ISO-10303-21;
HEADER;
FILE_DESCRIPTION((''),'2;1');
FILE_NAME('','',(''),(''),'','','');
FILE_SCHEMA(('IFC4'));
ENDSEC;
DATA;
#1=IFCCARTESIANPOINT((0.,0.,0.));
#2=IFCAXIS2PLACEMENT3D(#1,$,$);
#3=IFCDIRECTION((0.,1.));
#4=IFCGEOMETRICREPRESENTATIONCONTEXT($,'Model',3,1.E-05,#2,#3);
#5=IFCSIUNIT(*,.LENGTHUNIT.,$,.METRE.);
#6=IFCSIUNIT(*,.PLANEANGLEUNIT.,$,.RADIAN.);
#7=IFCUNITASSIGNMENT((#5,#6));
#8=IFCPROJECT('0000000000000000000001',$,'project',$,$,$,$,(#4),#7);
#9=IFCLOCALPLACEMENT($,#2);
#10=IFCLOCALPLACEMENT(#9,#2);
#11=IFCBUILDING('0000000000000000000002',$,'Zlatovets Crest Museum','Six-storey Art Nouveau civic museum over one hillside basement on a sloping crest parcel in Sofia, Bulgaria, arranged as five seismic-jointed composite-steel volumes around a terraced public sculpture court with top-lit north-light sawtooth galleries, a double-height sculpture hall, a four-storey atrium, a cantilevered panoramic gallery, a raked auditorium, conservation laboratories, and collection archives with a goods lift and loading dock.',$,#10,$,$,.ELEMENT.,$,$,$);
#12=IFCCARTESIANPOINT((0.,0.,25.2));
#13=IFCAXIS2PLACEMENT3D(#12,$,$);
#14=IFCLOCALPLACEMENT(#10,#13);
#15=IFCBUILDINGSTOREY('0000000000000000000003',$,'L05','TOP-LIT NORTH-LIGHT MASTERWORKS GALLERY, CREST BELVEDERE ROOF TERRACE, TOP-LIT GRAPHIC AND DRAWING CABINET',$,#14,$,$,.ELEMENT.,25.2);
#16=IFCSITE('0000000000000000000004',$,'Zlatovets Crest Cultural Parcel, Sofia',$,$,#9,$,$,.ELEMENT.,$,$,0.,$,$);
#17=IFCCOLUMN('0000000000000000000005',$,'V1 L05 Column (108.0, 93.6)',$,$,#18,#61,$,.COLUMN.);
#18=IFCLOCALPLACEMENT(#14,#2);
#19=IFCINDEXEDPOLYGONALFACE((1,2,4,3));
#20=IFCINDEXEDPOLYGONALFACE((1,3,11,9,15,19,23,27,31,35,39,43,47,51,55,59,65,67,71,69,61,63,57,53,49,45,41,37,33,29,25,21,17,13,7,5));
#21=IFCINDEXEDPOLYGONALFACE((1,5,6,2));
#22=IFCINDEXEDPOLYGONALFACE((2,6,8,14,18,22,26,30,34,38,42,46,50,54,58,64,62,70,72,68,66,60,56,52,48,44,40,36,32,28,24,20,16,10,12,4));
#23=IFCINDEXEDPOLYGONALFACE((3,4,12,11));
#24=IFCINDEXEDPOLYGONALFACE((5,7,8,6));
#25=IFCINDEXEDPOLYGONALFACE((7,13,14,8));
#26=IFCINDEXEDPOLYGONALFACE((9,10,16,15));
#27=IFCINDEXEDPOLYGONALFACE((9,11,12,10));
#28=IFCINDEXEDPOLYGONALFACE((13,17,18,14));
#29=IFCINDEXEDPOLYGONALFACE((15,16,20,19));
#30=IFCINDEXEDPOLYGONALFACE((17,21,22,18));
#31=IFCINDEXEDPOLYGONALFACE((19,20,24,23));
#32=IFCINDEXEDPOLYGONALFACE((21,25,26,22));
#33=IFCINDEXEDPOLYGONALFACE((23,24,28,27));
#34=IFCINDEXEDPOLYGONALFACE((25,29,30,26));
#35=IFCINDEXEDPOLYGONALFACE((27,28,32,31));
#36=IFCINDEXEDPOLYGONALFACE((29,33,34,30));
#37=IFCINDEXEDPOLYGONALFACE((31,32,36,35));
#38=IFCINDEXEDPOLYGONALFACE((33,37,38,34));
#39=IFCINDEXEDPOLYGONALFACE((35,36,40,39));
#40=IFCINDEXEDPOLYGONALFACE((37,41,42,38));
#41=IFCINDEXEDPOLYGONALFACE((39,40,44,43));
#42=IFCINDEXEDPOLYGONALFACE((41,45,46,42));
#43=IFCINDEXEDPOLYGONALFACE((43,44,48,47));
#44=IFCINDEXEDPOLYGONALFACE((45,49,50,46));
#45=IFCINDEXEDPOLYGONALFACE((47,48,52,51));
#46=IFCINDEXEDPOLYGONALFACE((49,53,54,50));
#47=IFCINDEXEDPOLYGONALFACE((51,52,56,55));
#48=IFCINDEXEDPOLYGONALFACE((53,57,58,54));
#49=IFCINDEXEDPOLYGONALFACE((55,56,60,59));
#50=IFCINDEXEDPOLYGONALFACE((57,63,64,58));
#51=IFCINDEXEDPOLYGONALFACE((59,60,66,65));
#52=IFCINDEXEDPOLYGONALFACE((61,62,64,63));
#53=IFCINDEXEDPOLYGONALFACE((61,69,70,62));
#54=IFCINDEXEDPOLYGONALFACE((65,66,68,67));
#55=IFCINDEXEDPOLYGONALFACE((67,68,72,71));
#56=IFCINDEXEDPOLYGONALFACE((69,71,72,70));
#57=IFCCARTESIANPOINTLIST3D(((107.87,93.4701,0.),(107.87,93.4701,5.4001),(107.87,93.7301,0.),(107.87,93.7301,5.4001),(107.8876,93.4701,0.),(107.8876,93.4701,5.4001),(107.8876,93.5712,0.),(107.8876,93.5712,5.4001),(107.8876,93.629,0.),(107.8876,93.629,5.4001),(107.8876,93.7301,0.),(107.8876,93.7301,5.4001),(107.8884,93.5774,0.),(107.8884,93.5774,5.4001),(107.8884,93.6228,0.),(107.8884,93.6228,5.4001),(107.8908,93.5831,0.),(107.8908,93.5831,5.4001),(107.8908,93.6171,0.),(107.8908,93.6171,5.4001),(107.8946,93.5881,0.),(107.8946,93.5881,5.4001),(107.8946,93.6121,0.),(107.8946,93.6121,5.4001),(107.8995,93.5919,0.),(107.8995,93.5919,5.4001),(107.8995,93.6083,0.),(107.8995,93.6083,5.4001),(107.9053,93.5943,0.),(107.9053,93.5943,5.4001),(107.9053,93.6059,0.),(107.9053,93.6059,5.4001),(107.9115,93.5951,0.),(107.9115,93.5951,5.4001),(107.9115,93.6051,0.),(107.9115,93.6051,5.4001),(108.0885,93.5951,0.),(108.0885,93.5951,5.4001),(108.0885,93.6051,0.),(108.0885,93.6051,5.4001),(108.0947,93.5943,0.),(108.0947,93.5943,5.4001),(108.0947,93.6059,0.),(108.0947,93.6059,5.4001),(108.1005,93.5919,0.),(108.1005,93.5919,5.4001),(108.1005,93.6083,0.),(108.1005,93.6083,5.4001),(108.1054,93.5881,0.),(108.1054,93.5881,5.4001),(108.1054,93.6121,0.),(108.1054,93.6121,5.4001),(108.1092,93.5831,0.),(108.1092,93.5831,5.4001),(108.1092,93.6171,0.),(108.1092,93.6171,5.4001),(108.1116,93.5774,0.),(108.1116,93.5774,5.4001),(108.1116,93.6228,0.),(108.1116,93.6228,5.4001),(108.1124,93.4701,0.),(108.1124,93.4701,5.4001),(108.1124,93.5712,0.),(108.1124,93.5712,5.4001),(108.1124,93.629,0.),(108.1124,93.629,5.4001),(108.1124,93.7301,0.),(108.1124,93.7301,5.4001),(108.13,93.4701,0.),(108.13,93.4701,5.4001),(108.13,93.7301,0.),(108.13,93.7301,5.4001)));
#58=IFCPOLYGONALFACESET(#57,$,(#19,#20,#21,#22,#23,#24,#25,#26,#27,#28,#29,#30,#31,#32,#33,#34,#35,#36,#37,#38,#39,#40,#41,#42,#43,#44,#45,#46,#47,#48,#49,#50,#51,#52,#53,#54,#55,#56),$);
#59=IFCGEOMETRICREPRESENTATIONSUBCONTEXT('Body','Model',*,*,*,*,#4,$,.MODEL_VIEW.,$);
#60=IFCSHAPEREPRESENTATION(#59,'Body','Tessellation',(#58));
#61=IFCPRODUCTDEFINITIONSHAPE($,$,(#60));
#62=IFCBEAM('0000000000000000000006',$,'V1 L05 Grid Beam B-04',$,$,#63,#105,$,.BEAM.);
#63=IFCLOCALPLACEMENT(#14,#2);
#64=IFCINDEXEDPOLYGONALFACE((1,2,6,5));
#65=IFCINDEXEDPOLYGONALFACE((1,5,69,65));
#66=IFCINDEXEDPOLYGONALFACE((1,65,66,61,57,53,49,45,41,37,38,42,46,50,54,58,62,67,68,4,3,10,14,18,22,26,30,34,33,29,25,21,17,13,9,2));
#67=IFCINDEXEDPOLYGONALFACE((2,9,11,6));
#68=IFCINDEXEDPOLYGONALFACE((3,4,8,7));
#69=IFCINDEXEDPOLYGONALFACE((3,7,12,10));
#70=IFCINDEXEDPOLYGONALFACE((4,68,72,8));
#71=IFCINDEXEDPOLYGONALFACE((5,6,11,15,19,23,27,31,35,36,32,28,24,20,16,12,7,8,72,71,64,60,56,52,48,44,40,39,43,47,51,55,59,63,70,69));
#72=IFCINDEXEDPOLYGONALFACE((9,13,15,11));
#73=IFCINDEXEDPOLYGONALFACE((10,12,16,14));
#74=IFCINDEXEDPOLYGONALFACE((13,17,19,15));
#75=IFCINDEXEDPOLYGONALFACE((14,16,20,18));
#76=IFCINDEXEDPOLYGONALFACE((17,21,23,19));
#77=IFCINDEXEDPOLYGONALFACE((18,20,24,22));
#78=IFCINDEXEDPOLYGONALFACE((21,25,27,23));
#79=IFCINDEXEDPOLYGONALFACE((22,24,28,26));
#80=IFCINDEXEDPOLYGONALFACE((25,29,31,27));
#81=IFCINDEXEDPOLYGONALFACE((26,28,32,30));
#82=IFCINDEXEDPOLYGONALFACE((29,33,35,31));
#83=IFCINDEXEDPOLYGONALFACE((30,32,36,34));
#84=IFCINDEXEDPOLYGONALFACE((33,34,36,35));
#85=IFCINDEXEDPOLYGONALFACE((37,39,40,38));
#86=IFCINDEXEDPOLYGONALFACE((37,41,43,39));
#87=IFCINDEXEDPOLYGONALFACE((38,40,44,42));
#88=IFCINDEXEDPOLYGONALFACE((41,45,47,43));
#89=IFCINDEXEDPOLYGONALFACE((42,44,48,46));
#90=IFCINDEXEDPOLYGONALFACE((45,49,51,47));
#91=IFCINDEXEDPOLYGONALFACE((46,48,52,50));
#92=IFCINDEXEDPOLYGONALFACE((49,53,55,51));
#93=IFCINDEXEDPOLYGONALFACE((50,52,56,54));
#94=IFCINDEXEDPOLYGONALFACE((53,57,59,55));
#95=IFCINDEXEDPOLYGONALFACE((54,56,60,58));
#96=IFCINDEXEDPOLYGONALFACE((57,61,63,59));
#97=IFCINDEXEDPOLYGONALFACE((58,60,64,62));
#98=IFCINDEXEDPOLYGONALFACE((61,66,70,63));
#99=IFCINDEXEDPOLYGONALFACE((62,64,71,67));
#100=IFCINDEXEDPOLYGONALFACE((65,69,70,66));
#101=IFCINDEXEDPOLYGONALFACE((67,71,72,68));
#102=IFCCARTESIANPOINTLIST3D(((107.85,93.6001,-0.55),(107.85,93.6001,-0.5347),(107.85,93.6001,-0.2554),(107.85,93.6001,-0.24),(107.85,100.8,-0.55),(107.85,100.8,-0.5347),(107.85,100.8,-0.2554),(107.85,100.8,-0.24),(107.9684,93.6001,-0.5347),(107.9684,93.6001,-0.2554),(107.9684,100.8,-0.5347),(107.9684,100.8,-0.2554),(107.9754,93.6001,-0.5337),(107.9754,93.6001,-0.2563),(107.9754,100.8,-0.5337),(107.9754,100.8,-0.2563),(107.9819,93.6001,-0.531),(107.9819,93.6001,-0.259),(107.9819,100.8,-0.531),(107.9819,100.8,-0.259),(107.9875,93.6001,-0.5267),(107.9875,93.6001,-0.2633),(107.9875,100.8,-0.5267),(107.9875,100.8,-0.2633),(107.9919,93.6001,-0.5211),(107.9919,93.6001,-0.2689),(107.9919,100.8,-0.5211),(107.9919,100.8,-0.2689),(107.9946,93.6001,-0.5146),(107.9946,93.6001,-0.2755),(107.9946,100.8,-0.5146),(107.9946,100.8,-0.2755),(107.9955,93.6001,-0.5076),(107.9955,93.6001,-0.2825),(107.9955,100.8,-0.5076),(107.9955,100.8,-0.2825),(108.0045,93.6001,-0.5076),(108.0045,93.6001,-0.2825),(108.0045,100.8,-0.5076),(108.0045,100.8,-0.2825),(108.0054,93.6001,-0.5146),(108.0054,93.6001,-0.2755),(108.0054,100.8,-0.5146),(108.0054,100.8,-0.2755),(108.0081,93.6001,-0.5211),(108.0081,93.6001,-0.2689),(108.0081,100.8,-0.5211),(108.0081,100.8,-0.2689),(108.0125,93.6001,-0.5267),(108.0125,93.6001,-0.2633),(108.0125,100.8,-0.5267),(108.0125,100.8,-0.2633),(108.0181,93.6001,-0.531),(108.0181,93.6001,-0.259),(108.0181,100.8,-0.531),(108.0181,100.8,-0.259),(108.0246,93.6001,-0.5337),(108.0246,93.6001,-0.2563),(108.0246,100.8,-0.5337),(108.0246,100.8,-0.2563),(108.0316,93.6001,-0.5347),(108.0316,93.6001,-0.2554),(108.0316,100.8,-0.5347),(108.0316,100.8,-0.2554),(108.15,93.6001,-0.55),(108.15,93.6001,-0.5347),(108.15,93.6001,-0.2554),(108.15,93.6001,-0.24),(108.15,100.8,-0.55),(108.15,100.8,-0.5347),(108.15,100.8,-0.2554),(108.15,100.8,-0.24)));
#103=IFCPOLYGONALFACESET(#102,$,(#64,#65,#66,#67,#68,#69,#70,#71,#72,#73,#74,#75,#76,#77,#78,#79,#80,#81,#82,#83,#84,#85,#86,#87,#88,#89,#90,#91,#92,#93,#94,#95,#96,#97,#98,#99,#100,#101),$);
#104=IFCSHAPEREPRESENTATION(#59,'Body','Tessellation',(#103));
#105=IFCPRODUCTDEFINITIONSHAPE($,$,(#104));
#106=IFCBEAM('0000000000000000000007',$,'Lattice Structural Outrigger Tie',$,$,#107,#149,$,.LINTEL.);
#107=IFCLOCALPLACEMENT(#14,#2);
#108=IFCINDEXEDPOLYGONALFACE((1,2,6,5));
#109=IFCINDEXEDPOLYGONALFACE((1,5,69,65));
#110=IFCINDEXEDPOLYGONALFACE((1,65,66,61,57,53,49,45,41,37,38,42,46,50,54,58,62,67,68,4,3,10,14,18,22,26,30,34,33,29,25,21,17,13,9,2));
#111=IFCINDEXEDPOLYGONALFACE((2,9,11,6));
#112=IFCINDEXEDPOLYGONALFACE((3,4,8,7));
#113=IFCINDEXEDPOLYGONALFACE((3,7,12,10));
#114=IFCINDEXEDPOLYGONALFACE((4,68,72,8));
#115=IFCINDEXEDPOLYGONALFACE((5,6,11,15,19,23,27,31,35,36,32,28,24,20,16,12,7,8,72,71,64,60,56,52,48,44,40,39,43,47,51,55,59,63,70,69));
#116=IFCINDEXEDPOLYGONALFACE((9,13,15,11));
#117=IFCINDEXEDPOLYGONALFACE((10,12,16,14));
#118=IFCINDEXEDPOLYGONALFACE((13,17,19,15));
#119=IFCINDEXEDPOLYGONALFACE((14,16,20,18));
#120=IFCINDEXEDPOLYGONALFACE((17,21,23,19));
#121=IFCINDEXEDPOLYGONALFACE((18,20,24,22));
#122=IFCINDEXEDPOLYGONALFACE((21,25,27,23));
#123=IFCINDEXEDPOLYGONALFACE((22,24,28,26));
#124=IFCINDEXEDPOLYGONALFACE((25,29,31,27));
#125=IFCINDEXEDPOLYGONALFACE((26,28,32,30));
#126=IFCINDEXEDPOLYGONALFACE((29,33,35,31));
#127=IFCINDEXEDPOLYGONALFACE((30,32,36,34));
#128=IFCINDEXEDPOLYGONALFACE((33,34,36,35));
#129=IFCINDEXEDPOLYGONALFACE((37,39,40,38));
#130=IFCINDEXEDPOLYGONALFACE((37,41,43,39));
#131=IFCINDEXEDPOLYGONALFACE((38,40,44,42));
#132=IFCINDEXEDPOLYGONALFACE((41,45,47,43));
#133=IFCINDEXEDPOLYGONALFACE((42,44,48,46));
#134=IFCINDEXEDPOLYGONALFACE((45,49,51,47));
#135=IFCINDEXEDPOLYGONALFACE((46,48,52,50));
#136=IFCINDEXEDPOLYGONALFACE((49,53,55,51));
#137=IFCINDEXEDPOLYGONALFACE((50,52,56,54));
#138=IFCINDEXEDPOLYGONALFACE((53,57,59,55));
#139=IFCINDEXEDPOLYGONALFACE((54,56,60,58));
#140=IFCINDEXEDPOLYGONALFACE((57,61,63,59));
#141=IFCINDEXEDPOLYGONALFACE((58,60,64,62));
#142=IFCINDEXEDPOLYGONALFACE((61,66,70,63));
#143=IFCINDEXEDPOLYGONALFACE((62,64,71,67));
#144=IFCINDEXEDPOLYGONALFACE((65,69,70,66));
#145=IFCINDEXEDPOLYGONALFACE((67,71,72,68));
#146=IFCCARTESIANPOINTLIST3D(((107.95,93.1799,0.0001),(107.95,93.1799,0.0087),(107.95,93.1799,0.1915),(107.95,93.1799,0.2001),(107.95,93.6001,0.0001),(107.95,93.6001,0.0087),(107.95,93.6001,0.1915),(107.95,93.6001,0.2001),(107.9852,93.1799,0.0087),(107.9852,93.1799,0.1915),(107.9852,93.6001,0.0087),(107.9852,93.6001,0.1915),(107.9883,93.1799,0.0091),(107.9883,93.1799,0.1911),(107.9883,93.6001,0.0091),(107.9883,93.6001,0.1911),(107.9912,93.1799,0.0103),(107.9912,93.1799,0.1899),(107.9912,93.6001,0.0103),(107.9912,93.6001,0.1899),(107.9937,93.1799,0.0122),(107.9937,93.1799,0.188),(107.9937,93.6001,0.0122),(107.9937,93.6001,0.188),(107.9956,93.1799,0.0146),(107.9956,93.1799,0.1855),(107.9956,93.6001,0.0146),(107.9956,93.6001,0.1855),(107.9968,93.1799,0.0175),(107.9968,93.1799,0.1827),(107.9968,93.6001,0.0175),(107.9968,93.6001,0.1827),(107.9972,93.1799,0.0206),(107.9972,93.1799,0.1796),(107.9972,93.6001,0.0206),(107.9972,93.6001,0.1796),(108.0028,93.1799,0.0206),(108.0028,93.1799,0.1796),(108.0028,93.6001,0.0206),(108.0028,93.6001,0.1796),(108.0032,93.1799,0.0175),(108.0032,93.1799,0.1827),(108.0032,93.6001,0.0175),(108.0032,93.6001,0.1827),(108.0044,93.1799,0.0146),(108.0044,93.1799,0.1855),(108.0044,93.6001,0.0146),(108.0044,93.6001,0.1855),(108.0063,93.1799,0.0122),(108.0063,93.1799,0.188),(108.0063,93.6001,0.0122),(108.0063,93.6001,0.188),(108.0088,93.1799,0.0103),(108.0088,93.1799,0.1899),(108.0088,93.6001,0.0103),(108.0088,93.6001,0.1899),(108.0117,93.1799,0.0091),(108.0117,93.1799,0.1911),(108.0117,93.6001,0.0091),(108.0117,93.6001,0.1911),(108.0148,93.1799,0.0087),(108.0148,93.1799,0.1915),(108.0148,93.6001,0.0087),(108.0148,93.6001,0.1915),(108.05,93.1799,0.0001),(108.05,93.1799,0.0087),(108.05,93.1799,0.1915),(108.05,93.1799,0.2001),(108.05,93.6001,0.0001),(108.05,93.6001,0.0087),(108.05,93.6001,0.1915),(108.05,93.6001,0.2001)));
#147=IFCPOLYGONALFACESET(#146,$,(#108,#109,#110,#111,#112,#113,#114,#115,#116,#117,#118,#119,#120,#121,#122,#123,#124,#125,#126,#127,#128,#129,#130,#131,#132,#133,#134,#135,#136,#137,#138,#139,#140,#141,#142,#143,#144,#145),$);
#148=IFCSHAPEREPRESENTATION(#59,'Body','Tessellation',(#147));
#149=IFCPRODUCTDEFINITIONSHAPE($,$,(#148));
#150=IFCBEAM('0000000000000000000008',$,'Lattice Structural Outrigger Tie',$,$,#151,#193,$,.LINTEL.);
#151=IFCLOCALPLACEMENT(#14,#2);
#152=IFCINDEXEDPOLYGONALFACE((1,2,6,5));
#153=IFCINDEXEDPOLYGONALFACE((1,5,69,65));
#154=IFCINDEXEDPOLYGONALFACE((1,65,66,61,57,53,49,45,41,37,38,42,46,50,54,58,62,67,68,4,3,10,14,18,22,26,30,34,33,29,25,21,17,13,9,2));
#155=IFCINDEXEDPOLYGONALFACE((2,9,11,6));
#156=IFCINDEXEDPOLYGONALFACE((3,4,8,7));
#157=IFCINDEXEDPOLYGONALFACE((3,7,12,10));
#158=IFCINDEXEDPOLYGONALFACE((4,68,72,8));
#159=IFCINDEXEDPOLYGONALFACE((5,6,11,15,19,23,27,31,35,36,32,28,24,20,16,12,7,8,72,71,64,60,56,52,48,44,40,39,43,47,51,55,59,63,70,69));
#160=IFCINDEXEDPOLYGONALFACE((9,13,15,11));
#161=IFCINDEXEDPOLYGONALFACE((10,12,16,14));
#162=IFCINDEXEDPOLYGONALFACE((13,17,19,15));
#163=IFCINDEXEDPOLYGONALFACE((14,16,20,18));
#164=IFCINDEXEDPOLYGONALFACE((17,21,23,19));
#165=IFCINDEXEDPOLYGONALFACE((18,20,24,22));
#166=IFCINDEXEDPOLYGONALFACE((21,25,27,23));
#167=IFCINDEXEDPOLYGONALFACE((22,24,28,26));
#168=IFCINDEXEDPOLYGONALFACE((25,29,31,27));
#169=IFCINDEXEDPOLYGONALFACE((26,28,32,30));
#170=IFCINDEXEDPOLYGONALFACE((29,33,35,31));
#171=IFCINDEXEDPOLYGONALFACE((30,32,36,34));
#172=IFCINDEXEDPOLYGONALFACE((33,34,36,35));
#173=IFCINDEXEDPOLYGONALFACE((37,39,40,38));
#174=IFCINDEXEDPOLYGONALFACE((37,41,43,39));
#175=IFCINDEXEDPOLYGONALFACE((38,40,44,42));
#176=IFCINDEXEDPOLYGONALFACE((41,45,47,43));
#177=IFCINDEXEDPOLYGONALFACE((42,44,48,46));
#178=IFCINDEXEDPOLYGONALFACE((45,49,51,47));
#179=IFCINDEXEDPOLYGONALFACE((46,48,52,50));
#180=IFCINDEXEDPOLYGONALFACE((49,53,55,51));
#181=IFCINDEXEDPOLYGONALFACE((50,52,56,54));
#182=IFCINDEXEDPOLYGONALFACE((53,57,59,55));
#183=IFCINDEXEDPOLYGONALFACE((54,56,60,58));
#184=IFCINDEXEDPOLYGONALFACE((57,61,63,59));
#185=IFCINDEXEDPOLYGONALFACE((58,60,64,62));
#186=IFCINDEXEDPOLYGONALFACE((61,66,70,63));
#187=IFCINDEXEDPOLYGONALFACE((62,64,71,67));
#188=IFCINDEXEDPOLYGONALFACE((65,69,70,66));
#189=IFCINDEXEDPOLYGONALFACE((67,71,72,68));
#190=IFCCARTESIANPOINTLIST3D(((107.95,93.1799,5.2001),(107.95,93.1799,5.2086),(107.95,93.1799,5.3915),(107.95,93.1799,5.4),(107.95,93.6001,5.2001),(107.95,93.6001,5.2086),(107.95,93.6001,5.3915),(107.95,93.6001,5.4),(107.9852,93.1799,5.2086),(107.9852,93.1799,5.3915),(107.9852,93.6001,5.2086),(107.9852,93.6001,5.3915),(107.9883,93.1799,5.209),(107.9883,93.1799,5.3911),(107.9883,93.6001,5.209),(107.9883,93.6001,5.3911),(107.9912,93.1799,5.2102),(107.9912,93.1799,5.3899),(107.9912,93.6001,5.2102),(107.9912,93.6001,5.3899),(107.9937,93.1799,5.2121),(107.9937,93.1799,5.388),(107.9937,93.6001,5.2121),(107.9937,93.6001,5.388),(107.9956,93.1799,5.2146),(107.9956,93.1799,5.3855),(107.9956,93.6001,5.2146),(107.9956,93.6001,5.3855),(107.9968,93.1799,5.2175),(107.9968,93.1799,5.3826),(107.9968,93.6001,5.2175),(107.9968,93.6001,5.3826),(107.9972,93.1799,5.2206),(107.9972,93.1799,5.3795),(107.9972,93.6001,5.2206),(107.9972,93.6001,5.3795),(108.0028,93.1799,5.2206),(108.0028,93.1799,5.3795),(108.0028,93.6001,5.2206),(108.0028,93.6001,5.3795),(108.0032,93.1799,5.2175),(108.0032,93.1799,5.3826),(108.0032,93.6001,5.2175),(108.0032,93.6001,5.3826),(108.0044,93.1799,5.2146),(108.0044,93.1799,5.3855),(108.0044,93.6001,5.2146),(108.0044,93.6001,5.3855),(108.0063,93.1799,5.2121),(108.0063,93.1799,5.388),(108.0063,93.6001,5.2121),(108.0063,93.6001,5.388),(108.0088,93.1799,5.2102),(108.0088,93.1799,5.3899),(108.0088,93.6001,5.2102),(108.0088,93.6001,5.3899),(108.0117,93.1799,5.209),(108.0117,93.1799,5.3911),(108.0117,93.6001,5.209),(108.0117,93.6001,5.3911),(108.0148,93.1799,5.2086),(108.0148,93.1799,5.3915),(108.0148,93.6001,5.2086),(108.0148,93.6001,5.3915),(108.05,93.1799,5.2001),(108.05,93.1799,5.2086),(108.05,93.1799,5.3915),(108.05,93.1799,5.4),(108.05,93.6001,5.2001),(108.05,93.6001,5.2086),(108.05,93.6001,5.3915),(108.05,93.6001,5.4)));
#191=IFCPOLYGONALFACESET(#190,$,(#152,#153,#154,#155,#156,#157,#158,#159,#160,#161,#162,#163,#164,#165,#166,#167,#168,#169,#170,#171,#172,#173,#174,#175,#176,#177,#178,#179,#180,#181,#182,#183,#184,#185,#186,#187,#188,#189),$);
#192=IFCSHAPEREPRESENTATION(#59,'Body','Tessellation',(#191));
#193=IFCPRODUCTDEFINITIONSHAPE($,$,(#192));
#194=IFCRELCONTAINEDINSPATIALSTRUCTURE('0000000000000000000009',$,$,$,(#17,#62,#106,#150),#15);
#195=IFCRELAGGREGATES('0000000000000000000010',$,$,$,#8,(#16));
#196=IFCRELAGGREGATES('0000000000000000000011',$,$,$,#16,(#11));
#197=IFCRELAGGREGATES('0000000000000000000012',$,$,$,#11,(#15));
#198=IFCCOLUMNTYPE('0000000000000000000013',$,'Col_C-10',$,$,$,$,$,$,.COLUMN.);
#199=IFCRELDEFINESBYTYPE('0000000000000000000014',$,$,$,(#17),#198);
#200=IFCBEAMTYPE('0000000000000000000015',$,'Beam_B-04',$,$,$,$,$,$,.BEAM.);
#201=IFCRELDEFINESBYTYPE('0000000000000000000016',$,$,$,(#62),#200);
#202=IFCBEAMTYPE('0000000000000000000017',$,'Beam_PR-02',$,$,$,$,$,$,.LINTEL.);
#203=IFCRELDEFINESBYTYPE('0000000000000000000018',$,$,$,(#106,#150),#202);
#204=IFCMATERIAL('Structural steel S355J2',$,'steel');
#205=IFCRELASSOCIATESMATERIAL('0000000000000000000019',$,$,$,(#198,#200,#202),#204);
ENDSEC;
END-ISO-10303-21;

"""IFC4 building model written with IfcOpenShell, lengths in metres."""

from ifc_helpers import new_model, si_unit, direction, frame, origin, origin_2d, place, context, subcontext, project, spatial, i_section, extrude, material, material_profile, profile_set, type_object, element, save


model = new_model("IFC4")

# Units and contexts
model_context = context("Model", 3, precision=1e-05, world=origin(), true_north=direction((0.0, 1.0)))
body_context = subcontext(model_context, "Body", "Model", "MODEL_VIEW")
ifc_project = project(units=[si_unit("LENGTHUNIT", "METRE"), si_unit("PLANEANGLEUNIT", "RADIAN")], contexts=[model_context])

# Site, building, storey
site_placement = place(None, origin())
site = spatial("IfcSite", under=ifc_project, at=site_placement, Name="Zlatovets Crest Cultural Parcel, Sofia", CompositionType="ELEMENT", RefElevation=0.0)
building_placement = place(site_placement, origin())
building = spatial("IfcBuilding", under=site, at=building_placement, Name="Zlatovets Crest Museum", Description="Six-storey Art Nouveau civic museum over one hillside basement on a sloping crest parcel in Sofia, Bulgaria, arranged as five seismic-jointed composite-steel volumes around a terraced public sculpture court with top-lit north-light sawtooth galleries, a double-height sculpture hall, a four-storey atrium, a cantilevered panoramic gallery, a raked auditorium, conservation laboratories, and collection archives with a goods lift and loading dock.", CompositionType="ELEMENT")
storey_placement = place(building_placement, frame((0.0, 0.0, 25.2)))
storey = spatial("IfcBuildingStorey", under=building, at=storey_placement, Name="L05", Description="TOP-LIT NORTH-LIGHT MASTERWORKS GALLERY, CREST BELVEDERE ROOF TERRACE, TOP-LIT GRAPHIC AND DRAWING CABINET", CompositionType="ELEMENT", Elevation=25.2)

# Column
ifc_material_1 = material(Name="Structural steel S355J2", Category="steel")
ifc_material_profile_1 = material_profile(ifc_material_1, i_section(OverallWidth=0.26, OverallDepth=0.26, WebThickness=0.01, FlangeThickness=0.0176, FilletRadius=0.0239, at=origin_2d()), Name="HEB 260")
ifc_profile_set_1 = profile_set([ifc_material_profile_1], Name="Structural steel S355J2")
column_type = type_object("IfcColumnType", Name="Col_C-10", PredefinedType="COLUMN", material=ifc_profile_set_1)
column_placement = place(storey_placement, frame((108.0, 93.6001, 0.0), z_axis=(0.0, 0.0, 1.0), x_axis=(0.0, 1.0, 0.0)))
element("IfcColumn", 1, at=column_placement, inside=storey, type_object=column_type, Name="V1 L05 Column (108.0, 93.6)", PredefinedType="COLUMN", context=body_context, shape_type="SweptSolid", body=[
    extrude(i_section(OverallWidth=0.26, OverallDepth=0.26, WebThickness=0.01, FlangeThickness=0.0176, FilletRadius=0.0239, at=origin_2d()), origin(), (0.0, 0.0, 1.0), 5.4001),
])

# Beams
ifc_material_profile_2 = material_profile(ifc_material_1, i_section(OverallWidth=0.3, OverallDepth=0.3101, WebThickness=0.009, FlangeThickness=0.0154, FilletRadius=0.0271, at=origin_2d()), Name="HEA 320")
ifc_profile_set_2 = profile_set([ifc_material_profile_2], Name="Structural steel S355J2")
beam_type_1 = type_object("IfcBeamType", Name="Beam_B-04", PredefinedType="BEAM", material=ifc_profile_set_2)
beam_placement = place(storey_placement, frame((108.0, 93.6001, -0.395), z_axis=(0.0, 1.0, 0.0), x_axis=(-1.0, 0.0, 0.0)))
element("IfcBeam", 2, at=beam_placement, inside=storey, type_object=beam_type_1, Name="V1 L05 Grid Beam B-04", PredefinedType="BEAM", context=body_context, shape_type="SweptSolid", body=[
    extrude(i_section(OverallWidth=0.3, OverallDepth=0.3101, WebThickness=0.009, FlangeThickness=0.0154, FilletRadius=0.0271, at=origin_2d()), origin(), (0.0, 0.0, 1.0), 7.2),
])
ifc_material_profile_3 = material_profile(ifc_material_1, i_section(OverallWidth=0.1001, OverallDepth=0.2, WebThickness=0.0056, FlangeThickness=0.0085, FilletRadius=0.012, at=origin_2d()), Name="IPE 200")
ifc_profile_set_3 = profile_set([ifc_material_profile_3], Name="Structural steel S355J2")
beam_type_2 = type_object("IfcBeamType", Name="Beam_PR-02", PredefinedType="LINTEL", material=ifc_profile_set_3)
for number, where, z_axis, x_axis, name in (
    (3, (108.0, 93.6001, 0.1001), (0.0, -1.0, 0.0), (1.0, 0.0, 0.0), "Lattice Structural Outrigger Tie"),
    (4, (108.0, 93.6001, 5.3), (0.0, -1.0, 0.0), (1.0, 0.0, 0.0), "Lattice Structural Outrigger Tie"),
):
    element("IfcBeam", number, at=place(storey_placement, frame(where, z_axis=z_axis, x_axis=x_axis)), inside=storey, type_object=beam_type_2, Name=name, PredefinedType="LINTEL", context=body_context, shape_type="SweptSolid", body=[
        extrude(i_section(OverallWidth=0.1001, OverallDepth=0.2, WebThickness=0.0056, FlangeThickness=0.0085, FilletRadius=0.012, at=origin_2d()), origin(), (0.0, 0.0, 1.0), 0.4202),
    ])

save(model, "model.ifc")
